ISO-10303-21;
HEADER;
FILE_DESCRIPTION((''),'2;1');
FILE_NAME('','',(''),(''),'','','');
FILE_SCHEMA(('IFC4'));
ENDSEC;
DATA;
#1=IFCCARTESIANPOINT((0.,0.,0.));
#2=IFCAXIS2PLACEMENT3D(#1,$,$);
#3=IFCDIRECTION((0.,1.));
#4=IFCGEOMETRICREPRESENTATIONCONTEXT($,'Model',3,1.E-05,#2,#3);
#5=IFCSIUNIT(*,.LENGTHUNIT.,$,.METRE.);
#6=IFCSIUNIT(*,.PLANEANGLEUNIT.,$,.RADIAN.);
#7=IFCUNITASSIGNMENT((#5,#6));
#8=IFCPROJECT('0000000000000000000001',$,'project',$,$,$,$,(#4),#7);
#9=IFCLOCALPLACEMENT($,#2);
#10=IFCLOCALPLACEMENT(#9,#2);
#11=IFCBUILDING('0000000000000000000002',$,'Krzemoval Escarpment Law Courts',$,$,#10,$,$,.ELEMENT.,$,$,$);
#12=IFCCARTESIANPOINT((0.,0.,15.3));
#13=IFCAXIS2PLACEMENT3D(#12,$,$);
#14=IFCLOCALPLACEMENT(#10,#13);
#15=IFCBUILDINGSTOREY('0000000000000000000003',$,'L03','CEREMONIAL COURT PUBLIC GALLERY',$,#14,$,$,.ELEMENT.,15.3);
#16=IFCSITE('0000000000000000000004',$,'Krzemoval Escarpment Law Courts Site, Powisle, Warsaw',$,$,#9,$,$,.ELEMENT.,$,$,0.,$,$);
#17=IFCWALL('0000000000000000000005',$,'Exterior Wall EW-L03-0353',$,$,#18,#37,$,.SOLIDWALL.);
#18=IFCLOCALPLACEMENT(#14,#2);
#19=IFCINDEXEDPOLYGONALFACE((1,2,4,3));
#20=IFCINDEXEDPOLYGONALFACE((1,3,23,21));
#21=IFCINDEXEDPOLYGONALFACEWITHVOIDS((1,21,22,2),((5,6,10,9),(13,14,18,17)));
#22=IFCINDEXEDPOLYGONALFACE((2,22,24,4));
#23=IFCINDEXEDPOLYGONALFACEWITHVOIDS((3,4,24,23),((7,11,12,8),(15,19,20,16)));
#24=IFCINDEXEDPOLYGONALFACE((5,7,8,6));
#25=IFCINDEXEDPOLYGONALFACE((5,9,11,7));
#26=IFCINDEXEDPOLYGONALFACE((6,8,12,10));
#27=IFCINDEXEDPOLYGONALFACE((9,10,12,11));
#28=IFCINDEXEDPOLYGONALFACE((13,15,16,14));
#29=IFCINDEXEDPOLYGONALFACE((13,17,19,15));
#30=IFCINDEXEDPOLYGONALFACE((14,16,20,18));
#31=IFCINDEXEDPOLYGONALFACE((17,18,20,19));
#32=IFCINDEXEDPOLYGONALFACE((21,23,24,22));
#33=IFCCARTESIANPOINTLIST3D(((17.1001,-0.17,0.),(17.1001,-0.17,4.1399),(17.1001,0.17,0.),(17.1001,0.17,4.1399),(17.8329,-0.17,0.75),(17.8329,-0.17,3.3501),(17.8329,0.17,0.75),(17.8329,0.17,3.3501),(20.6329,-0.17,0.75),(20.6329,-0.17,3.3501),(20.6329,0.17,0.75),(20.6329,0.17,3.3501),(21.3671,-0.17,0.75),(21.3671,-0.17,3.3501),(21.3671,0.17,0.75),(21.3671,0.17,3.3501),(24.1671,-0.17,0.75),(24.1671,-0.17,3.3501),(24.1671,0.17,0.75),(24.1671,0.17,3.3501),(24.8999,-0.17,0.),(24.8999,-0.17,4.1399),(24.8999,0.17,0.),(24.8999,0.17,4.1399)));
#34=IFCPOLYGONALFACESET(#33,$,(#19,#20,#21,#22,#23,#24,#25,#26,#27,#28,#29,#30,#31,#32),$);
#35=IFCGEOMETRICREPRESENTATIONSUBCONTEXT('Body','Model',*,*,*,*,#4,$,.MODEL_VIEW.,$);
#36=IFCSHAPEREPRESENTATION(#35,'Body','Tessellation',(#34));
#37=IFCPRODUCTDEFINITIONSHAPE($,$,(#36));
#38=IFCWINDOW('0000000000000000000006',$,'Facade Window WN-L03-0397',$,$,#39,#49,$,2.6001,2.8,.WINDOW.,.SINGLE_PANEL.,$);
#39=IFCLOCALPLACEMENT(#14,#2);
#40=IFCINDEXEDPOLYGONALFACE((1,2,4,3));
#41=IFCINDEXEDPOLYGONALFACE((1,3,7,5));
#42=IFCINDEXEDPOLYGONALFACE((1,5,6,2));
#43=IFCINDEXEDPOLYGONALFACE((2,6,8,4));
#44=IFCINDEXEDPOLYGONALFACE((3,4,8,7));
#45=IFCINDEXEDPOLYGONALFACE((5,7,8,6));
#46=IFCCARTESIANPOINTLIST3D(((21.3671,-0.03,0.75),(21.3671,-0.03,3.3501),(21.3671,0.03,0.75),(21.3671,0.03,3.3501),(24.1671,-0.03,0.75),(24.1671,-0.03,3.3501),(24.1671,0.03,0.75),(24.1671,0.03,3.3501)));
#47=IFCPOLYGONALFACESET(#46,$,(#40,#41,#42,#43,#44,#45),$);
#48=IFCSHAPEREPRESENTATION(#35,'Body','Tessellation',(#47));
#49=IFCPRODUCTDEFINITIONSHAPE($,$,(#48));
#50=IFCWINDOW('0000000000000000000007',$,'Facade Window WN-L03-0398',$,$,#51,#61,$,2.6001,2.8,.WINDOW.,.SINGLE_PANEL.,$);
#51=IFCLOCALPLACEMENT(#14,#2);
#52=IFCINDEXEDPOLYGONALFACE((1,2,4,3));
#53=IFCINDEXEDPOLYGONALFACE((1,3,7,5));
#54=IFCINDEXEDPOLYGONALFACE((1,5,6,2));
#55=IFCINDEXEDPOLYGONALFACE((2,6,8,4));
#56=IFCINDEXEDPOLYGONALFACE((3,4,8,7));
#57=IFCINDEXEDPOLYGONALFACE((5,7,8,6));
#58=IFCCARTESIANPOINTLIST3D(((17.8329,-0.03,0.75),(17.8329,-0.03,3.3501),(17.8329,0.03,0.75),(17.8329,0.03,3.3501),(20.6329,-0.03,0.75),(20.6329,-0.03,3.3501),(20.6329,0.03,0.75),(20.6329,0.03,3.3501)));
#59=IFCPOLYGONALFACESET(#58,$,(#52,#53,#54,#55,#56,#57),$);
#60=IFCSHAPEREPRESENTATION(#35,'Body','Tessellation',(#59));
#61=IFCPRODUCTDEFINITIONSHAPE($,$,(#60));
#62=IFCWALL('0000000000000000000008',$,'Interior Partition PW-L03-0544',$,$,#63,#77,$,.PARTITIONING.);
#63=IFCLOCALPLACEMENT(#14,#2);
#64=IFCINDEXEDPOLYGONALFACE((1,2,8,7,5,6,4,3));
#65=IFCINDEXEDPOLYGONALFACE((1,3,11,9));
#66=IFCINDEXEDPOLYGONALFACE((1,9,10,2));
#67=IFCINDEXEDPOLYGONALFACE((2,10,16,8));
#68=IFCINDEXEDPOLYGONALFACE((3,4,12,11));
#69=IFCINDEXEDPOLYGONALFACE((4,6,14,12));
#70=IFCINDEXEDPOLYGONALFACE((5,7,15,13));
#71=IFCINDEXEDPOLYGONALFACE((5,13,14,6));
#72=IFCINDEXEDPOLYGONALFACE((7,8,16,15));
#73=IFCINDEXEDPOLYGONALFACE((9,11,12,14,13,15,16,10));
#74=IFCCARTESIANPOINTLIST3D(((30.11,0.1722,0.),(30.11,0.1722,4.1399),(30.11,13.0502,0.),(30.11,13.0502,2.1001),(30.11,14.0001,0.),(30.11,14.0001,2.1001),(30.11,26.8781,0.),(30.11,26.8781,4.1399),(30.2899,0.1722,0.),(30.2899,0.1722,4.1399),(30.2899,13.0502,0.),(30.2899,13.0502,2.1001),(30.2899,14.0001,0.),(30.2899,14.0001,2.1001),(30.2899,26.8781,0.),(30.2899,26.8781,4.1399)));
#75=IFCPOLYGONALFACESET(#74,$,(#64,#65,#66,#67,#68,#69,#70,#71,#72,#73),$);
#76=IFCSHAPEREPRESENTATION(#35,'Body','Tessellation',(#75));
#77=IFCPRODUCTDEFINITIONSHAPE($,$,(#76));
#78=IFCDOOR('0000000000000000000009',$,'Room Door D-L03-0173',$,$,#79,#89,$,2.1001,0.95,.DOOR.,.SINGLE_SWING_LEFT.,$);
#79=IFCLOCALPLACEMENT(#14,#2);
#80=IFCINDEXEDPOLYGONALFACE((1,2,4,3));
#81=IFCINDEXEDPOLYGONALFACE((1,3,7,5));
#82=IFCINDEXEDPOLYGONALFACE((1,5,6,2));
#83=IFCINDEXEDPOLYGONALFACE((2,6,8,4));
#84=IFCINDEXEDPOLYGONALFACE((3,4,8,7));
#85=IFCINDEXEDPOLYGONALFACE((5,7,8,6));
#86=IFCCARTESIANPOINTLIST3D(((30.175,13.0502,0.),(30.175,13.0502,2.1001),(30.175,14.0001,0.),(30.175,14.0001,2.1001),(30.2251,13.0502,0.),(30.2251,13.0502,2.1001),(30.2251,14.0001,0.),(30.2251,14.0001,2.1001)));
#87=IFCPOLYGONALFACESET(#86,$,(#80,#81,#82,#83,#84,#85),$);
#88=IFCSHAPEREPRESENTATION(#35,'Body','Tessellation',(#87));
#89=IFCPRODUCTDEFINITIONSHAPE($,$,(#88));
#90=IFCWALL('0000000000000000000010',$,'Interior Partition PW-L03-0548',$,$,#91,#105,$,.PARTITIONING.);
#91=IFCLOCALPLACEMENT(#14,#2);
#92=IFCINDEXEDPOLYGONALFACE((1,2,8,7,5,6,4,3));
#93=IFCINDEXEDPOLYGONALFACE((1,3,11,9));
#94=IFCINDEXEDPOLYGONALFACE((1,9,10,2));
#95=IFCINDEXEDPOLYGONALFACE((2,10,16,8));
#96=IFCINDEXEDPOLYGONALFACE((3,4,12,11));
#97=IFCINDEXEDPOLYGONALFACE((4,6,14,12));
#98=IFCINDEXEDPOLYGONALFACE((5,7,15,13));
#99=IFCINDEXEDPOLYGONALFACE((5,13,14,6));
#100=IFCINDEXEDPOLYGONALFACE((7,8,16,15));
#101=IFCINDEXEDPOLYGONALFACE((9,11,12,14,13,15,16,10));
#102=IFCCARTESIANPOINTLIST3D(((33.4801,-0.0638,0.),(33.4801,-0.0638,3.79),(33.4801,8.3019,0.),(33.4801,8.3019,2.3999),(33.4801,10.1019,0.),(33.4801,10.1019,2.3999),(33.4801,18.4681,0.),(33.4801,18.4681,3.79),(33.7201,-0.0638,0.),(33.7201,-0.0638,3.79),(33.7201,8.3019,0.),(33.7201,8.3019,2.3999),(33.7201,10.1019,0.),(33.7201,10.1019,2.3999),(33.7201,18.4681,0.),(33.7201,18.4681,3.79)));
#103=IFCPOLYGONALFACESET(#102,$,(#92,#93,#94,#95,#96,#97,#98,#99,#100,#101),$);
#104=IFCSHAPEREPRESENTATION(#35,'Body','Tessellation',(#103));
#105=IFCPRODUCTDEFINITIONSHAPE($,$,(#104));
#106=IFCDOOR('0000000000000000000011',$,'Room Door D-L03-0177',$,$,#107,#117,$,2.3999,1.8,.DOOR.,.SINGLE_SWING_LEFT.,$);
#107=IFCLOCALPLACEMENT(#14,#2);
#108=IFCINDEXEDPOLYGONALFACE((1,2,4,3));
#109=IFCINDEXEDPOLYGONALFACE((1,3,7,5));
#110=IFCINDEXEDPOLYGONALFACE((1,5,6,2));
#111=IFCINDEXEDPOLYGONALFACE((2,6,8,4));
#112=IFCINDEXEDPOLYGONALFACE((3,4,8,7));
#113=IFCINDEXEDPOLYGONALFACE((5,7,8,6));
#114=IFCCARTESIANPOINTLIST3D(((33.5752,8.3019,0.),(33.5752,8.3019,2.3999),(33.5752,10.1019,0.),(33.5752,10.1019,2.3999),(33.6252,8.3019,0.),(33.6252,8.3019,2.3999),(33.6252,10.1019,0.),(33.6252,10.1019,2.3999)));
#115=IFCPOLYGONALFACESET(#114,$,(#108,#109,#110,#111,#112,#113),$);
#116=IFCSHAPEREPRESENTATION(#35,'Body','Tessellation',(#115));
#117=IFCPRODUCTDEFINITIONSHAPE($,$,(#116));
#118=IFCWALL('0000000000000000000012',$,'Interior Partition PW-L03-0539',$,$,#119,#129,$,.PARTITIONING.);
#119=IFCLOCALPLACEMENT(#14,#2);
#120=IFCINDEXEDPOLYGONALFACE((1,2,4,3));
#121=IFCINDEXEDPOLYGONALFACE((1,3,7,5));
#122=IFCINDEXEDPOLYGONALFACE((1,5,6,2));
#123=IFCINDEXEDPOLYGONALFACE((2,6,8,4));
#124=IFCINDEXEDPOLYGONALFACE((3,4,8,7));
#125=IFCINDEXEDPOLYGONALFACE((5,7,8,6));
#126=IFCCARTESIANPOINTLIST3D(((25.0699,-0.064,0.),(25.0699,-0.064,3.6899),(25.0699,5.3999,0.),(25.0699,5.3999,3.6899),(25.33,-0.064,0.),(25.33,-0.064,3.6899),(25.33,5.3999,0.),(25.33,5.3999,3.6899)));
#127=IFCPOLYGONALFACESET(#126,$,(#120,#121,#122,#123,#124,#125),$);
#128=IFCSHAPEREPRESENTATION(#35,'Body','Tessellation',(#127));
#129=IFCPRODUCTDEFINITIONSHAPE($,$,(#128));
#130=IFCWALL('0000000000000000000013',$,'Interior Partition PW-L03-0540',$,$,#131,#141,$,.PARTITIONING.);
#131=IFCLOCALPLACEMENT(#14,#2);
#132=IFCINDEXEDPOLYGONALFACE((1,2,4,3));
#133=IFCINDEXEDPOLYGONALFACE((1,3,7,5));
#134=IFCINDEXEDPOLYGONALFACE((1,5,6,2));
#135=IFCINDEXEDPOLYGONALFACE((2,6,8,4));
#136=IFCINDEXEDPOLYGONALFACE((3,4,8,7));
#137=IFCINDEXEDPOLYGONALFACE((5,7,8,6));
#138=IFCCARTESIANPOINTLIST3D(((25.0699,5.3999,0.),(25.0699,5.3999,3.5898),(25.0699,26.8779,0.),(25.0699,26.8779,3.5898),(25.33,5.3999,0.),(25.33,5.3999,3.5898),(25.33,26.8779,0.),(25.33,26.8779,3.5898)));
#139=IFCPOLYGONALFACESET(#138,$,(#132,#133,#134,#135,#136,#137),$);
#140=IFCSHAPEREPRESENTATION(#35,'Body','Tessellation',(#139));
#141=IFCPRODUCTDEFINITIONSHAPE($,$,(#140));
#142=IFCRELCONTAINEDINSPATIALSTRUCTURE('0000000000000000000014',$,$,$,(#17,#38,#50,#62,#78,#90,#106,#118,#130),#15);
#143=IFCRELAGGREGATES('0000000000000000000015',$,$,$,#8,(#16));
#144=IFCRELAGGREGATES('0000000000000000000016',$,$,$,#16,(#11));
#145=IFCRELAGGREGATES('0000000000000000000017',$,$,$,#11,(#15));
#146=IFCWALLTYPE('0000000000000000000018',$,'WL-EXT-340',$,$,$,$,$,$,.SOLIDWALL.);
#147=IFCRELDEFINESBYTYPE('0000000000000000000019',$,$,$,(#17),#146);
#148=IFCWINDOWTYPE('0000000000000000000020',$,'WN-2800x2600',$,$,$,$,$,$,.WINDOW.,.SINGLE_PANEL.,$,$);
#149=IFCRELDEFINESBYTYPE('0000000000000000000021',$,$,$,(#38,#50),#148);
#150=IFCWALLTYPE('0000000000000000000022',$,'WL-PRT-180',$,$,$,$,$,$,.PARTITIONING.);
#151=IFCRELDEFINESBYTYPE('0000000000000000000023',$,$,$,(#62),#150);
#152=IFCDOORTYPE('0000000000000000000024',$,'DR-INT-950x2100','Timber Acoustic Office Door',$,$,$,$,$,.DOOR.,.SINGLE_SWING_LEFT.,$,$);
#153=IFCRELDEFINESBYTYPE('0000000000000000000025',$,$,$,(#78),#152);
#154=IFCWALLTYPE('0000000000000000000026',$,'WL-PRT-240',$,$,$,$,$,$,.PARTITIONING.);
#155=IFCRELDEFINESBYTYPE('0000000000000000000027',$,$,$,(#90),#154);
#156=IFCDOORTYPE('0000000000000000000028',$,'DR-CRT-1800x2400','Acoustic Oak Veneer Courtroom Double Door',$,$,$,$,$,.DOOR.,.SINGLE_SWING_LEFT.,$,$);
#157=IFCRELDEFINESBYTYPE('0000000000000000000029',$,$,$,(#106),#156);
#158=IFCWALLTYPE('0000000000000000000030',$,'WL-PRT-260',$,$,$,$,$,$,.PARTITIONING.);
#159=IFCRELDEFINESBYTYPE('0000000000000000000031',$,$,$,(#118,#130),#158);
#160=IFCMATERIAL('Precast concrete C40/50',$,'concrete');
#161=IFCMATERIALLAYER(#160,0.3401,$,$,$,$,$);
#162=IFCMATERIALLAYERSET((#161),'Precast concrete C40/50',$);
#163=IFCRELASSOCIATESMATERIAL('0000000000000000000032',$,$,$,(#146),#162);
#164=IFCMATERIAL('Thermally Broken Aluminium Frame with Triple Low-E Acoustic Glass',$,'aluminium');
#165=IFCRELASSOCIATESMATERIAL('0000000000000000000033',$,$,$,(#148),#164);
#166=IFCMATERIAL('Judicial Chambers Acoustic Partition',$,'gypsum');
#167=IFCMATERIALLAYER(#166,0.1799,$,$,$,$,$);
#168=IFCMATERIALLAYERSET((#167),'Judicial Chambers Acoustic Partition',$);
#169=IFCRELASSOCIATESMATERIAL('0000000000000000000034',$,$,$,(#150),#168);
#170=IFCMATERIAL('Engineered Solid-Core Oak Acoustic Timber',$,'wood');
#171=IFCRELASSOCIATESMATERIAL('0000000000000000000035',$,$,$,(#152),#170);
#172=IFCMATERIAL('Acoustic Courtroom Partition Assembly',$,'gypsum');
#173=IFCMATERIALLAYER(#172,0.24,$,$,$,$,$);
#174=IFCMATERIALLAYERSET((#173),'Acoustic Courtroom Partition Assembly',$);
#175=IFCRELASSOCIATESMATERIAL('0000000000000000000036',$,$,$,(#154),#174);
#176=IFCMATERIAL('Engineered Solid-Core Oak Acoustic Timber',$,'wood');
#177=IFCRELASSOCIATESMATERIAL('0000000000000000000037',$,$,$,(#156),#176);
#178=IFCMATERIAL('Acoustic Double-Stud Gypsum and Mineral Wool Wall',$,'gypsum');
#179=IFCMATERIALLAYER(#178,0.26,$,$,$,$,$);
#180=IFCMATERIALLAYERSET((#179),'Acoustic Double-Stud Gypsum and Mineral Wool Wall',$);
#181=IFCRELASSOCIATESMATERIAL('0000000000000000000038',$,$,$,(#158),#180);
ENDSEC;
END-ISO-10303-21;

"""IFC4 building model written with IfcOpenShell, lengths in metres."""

from ifc_helpers import new_model, si_unit, direction, frame, frame_2d, origin, place, context, subcontext, project, spatial, rectangle, extrude, material, layer, layer_set, type_object, element, fill, save


model = new_model("IFC4")

# Units and contexts
model_context = context("Model", 3, precision=1e-05, world=origin(), true_north=direction((0.0, 1.0)))
body_context = subcontext(model_context, "Body", "Model", "MODEL_VIEW")
ifc_project = project(units=[si_unit("LENGTHUNIT", "METRE"), si_unit("PLANEANGLEUNIT", "RADIAN")], contexts=[model_context])

# Site, building, storey
site_placement = place(None, origin())
site = spatial("IfcSite", under=ifc_project, at=site_placement, Name="Krzemoval Escarpment Law Courts Site, Powisle, Warsaw", CompositionType="ELEMENT", RefElevation=0.0)
building_placement = place(site_placement, origin())
building = spatial("IfcBuilding", under=site, at=building_placement, Name="Krzemoval Escarpment Law Courts", CompositionType="ELEMENT")
storey_placement = place(building_placement, frame((0.0, 0.0, 15.3)))
storey = spatial("IfcBuildingStorey", under=building, at=storey_placement, Name="L03", Description="CEREMONIAL COURT PUBLIC GALLERY", CompositionType="ELEMENT", Elevation=15.3)

# Shared definitions
ifc_material_1 = material(Name="Precast concrete C40/50", Category="concrete")
ifc_layer_1 = layer(ifc_material_1, 0.3401)
ifc_layer_set_1 = layer_set([ifc_layer_1], Name="Precast concrete C40/50")
wall_type_1 = type_object("IfcWallType", Name="WL-EXT-340", PredefinedType="SOLIDWALL", material=ifc_layer_set_1)
ifc_material_2 = material(Name="Thermally Broken Aluminium Frame with Triple Low-E Acoustic Glass", Category="aluminium")
window_type = type_object("IfcWindowType", Name="WN-2800x2600", PartitioningType="SINGLE_PANEL", PredefinedType="WINDOW", material=ifc_material_2)

# Wall, openings, windows
wall_1_placement = place(storey_placement, frame((24.8999, 0.0, 0.0), z_axis=(0.0, 0.0, 1.0), x_axis=(-1.0, 0.0, 0.0)))
wall_1 = element("IfcWall", 1, at=wall_1_placement, inside=storey, type_object=wall_type_1, Name="Exterior Wall EW-L03-0353", PredefinedType="SOLIDWALL", context=body_context, shape_type="SweptSolid", body=[
    extrude(rectangle(XDim=7.7998, YDim=0.3401, at=frame_2d((3.8999, 0.0))), origin(), (0.0, 0.0, 1.0), 4.1399),
])
opening_1_placement = place(wall_1_placement, frame((0.7329, 0.0, 0.75)))
opening_1 = element("IfcOpeningElement", 2, at=opening_1_placement, cuts=wall_1, PredefinedType="OPENING", context=body_context, shape_type="SweptSolid", body=[
    extrude(rectangle(XDim=2.8, YDim=2.6001, at=frame_2d((1.3999, 1.3))), frame((0.0, 0.185, 0.0), z_axis=(0.0, -1.0, 0.0), x_axis=(1.0, 0.0, 0.0)), (0.0, 0.0, 1.0), 0.3701),
])
opening_2_placement = place(wall_1_placement, frame((4.2671, 0.0, 0.75)))
opening_2 = element("IfcOpeningElement", 3, at=opening_2_placement, cuts=wall_1, PredefinedType="OPENING", context=body_context, shape_type="SweptSolid", body=[
    extrude(rectangle(XDim=2.8, YDim=2.6001, at=frame_2d((1.3999, 1.3))), frame((0.0, 0.185, 0.0), z_axis=(0.0, -1.0, 0.0), x_axis=(1.0, 0.0, 0.0)), (0.0, 0.0, 1.0), 0.3701),
])
window_1_placement = place(opening_1_placement, origin())
window_1 = element("IfcWindow", 4, at=window_1_placement, inside=storey, type_object=window_type, Name="Facade Window WN-L03-0397", OverallHeight=2.6001, OverallWidth=2.8, PartitioningType="SINGLE_PANEL", PredefinedType="WINDOW", context=body_context, shape_type="SweptSolid", body=[
    extrude(rectangle(XDim=2.8, YDim=2.6001, at=frame_2d((1.3999, 1.3))), frame((0.0, 0.03, 0.0), z_axis=(0.0, -1.0, 0.0), x_axis=(1.0, 0.0, 0.0)), (0.0, 0.0, 1.0), 0.0601),
])
fill(opening_1, window_1)
window_2_placement = place(opening_2_placement, origin())
window_2 = element("IfcWindow", 5, at=window_2_placement, inside=storey, type_object=window_type, Name="Facade Window WN-L03-0398", OverallHeight=2.6001, OverallWidth=2.8, PartitioningType="SINGLE_PANEL", PredefinedType="WINDOW", context=body_context, shape_type="SweptSolid", body=[
    extrude(rectangle(XDim=2.8, YDim=2.6001, at=frame_2d((1.3999, 1.3))), frame((0.0, 0.03, 0.0), z_axis=(0.0, -1.0, 0.0), x_axis=(1.0, 0.0, 0.0)), (0.0, 0.0, 1.0), 0.0601),
])
fill(opening_2, window_2)

# Walls, openings, doors
ifc_material_3 = material(Name="Judicial Chambers Acoustic Partition", Category="gypsum")
ifc_layer_2 = layer(ifc_material_3, 0.1799)
ifc_layer_set_2 = layer_set([ifc_layer_2], Name="Judicial Chambers Acoustic Partition")
wall_type_2 = type_object("IfcWallType", Name="WL-PRT-180", PredefinedType="PARTITIONING", material=ifc_layer_set_2)
wall_2_placement = place(storey_placement, frame((30.2, 0.1721, 0.0), z_axis=(0.0, 0.0, 1.0), x_axis=(0.0, 1.0, 0.0)))
wall_2 = element("IfcWall", 6, at=wall_2_placement, inside=storey, type_object=wall_type_2, Name="Interior Partition PW-L03-0544", PredefinedType="PARTITIONING", context=body_context, shape_type="SweptSolid", body=[
    extrude(rectangle(XDim=26.7058, YDim=0.1799, at=frame_2d((13.353, 0.0))), origin(), (0.0, 0.0, 1.0), 4.1399),
])
opening_3_placement = place(wall_2_placement, frame((12.8779, 0.0, 0.0)))
opening_3 = element("IfcOpeningElement", 7, at=opening_3_placement, cuts=wall_2, PredefinedType="OPENING", context=body_context, shape_type="SweptSolid", body=[
    extrude(rectangle(XDim=0.95, YDim=2.1001, at=frame_2d((0.4751, 1.05))), frame((0.0, 0.105, 0.0), z_axis=(0.0, -1.0, 0.0), x_axis=(1.0, 0.0, 0.0)), (0.0, 0.0, 1.0), 0.2099),
])
ifc_material_4 = material(Name="Engineered Solid-Core Oak Acoustic Timber", Category="wood")
door_type_1 = type_object("IfcDoorType", Name="DR-INT-950x2100", Description="Timber Acoustic Office Door", OperationType="SINGLE_SWING_LEFT", PredefinedType="DOOR", material=ifc_material_4)
door_1_placement = place(opening_3_placement, origin())
door_1 = element("IfcDoor", 8, at=door_1_placement, inside=storey, type_object=door_type_1, Name="Room Door D-L03-0173", OperationType="SINGLE_SWING_LEFT", OverallHeight=2.1001, OverallWidth=0.95, PredefinedType="DOOR", context=body_context, shape_type="SweptSolid", body=[
    extrude(rectangle(XDim=0.95, YDim=2.1001, at=frame_2d((0.4751, 1.05))), frame((0.0, 0.0249, 0.0), z_axis=(0.0, -1.0, 0.0), x_axis=(1.0, 0.0, 0.0)), (0.0, 0.0, 1.0), 0.05),
])
fill(opening_3, door_1)
ifc_material_5 = material(Name="Acoustic Courtroom Partition Assembly", Category="gypsum")
ifc_layer_3 = layer(ifc_material_5, 0.24)
ifc_layer_set_3 = layer_set([ifc_layer_3], Name="Acoustic Courtroom Partition Assembly")
wall_type_3 = type_object("IfcWallType", Name="WL-PRT-240", PredefinedType="PARTITIONING", material=ifc_layer_set_3)
wall_3_placement = place(storey_placement, frame((33.6001, -0.064, 0.0), z_axis=(0.0, 0.0, 1.0), x_axis=(0.0, 1.0, 0.0)))
wall_3 = element("IfcWall", 9, at=wall_3_placement, inside=storey, type_object=wall_type_3, Name="Interior Partition PW-L03-0548", PredefinedType="PARTITIONING", context=body_context, shape_type="SweptSolid", body=[
    extrude(rectangle(XDim=18.532, YDim=0.24, at=frame_2d((9.2661, 0.0))), origin(), (0.0, 0.0, 1.0), 3.79),
])
opening_4_placement = place(wall_3_placement, frame((8.366, 0.0, 0.0)))
opening_4 = element("IfcOpeningElement", 10, at=opening_4_placement, cuts=wall_3, PredefinedType="OPENING", context=body_context, shape_type="SweptSolid", body=[
    extrude(rectangle(XDim=1.8, YDim=2.3999, at=frame_2d((0.8999, 1.2))), frame((0.0, 0.135, 0.0), z_axis=(0.0, -1.0, 0.0), x_axis=(1.0, 0.0, 0.0)), (0.0, 0.0, 1.0), 0.27),
])
ifc_material_6 = material(Name="Engineered Solid-Core Oak Acoustic Timber", Category="wood")
door_type_2 = type_object("IfcDoorType", Name="DR-CRT-1800x2400", Description="Acoustic Oak Veneer Courtroom Double Door", OperationType="SINGLE_SWING_LEFT", PredefinedType="DOOR", material=ifc_material_6)
door_2_placement = place(opening_4_placement, origin())
door_2 = element("IfcDoor", 11, at=door_2_placement, inside=storey, type_object=door_type_2, Name="Room Door D-L03-0177", OperationType="SINGLE_SWING_LEFT", OverallHeight=2.3999, OverallWidth=1.8, PredefinedType="DOOR", context=body_context, shape_type="SweptSolid", body=[
    extrude(rectangle(XDim=1.8, YDim=2.3999, at=frame_2d((0.8999, 1.2))), frame((0.0, 0.0249, 0.0), z_axis=(0.0, -1.0, 0.0), x_axis=(1.0, 0.0, 0.0)), (0.0, 0.0, 1.0), 0.05),
])
fill(opening_4, door_2)

# Walls
ifc_material_7 = material(Name="Acoustic Double-Stud Gypsum and Mineral Wool Wall", Category="gypsum")
ifc_layer_4 = layer(ifc_material_7, 0.26)
ifc_layer_set_4 = layer_set([ifc_layer_4], Name="Acoustic Double-Stud Gypsum and Mineral Wool Wall")
wall_type_4 = type_object("IfcWallType", Name="WL-PRT-260", PredefinedType="PARTITIONING", material=ifc_layer_set_4)
wall_4_placement = place(storey_placement, frame((25.2, -0.064, 0.0), z_axis=(0.0, 0.0, 1.0), x_axis=(0.0, 1.0, 0.0)))
element("IfcWall", 12, at=wall_4_placement, inside=storey, type_object=wall_type_4, Name="Interior Partition PW-L03-0539", PredefinedType="PARTITIONING", context=body_context, shape_type="SweptSolid", body=[
    extrude(rectangle(XDim=5.4639, YDim=0.26, at=frame_2d((2.7319, 0.0))), origin(), (0.0, 0.0, 1.0), 3.6899),
])
wall_5_placement = place(storey_placement, frame((25.2, 5.3999, 0.0), z_axis=(0.0, 0.0, 1.0), x_axis=(0.0, 1.0, 0.0)))
element("IfcWall", 13, at=wall_5_placement, inside=storey, type_object=wall_type_4, Name="Interior Partition PW-L03-0540", PredefinedType="PARTITIONING", context=body_context, shape_type="SweptSolid", body=[
    extrude(rectangle(XDim=21.478, YDim=0.26, at=frame_2d((10.739, 0.0))), origin(), (0.0, 0.0, 1.0), 3.5898),
])

save(model, "model.ifc")
